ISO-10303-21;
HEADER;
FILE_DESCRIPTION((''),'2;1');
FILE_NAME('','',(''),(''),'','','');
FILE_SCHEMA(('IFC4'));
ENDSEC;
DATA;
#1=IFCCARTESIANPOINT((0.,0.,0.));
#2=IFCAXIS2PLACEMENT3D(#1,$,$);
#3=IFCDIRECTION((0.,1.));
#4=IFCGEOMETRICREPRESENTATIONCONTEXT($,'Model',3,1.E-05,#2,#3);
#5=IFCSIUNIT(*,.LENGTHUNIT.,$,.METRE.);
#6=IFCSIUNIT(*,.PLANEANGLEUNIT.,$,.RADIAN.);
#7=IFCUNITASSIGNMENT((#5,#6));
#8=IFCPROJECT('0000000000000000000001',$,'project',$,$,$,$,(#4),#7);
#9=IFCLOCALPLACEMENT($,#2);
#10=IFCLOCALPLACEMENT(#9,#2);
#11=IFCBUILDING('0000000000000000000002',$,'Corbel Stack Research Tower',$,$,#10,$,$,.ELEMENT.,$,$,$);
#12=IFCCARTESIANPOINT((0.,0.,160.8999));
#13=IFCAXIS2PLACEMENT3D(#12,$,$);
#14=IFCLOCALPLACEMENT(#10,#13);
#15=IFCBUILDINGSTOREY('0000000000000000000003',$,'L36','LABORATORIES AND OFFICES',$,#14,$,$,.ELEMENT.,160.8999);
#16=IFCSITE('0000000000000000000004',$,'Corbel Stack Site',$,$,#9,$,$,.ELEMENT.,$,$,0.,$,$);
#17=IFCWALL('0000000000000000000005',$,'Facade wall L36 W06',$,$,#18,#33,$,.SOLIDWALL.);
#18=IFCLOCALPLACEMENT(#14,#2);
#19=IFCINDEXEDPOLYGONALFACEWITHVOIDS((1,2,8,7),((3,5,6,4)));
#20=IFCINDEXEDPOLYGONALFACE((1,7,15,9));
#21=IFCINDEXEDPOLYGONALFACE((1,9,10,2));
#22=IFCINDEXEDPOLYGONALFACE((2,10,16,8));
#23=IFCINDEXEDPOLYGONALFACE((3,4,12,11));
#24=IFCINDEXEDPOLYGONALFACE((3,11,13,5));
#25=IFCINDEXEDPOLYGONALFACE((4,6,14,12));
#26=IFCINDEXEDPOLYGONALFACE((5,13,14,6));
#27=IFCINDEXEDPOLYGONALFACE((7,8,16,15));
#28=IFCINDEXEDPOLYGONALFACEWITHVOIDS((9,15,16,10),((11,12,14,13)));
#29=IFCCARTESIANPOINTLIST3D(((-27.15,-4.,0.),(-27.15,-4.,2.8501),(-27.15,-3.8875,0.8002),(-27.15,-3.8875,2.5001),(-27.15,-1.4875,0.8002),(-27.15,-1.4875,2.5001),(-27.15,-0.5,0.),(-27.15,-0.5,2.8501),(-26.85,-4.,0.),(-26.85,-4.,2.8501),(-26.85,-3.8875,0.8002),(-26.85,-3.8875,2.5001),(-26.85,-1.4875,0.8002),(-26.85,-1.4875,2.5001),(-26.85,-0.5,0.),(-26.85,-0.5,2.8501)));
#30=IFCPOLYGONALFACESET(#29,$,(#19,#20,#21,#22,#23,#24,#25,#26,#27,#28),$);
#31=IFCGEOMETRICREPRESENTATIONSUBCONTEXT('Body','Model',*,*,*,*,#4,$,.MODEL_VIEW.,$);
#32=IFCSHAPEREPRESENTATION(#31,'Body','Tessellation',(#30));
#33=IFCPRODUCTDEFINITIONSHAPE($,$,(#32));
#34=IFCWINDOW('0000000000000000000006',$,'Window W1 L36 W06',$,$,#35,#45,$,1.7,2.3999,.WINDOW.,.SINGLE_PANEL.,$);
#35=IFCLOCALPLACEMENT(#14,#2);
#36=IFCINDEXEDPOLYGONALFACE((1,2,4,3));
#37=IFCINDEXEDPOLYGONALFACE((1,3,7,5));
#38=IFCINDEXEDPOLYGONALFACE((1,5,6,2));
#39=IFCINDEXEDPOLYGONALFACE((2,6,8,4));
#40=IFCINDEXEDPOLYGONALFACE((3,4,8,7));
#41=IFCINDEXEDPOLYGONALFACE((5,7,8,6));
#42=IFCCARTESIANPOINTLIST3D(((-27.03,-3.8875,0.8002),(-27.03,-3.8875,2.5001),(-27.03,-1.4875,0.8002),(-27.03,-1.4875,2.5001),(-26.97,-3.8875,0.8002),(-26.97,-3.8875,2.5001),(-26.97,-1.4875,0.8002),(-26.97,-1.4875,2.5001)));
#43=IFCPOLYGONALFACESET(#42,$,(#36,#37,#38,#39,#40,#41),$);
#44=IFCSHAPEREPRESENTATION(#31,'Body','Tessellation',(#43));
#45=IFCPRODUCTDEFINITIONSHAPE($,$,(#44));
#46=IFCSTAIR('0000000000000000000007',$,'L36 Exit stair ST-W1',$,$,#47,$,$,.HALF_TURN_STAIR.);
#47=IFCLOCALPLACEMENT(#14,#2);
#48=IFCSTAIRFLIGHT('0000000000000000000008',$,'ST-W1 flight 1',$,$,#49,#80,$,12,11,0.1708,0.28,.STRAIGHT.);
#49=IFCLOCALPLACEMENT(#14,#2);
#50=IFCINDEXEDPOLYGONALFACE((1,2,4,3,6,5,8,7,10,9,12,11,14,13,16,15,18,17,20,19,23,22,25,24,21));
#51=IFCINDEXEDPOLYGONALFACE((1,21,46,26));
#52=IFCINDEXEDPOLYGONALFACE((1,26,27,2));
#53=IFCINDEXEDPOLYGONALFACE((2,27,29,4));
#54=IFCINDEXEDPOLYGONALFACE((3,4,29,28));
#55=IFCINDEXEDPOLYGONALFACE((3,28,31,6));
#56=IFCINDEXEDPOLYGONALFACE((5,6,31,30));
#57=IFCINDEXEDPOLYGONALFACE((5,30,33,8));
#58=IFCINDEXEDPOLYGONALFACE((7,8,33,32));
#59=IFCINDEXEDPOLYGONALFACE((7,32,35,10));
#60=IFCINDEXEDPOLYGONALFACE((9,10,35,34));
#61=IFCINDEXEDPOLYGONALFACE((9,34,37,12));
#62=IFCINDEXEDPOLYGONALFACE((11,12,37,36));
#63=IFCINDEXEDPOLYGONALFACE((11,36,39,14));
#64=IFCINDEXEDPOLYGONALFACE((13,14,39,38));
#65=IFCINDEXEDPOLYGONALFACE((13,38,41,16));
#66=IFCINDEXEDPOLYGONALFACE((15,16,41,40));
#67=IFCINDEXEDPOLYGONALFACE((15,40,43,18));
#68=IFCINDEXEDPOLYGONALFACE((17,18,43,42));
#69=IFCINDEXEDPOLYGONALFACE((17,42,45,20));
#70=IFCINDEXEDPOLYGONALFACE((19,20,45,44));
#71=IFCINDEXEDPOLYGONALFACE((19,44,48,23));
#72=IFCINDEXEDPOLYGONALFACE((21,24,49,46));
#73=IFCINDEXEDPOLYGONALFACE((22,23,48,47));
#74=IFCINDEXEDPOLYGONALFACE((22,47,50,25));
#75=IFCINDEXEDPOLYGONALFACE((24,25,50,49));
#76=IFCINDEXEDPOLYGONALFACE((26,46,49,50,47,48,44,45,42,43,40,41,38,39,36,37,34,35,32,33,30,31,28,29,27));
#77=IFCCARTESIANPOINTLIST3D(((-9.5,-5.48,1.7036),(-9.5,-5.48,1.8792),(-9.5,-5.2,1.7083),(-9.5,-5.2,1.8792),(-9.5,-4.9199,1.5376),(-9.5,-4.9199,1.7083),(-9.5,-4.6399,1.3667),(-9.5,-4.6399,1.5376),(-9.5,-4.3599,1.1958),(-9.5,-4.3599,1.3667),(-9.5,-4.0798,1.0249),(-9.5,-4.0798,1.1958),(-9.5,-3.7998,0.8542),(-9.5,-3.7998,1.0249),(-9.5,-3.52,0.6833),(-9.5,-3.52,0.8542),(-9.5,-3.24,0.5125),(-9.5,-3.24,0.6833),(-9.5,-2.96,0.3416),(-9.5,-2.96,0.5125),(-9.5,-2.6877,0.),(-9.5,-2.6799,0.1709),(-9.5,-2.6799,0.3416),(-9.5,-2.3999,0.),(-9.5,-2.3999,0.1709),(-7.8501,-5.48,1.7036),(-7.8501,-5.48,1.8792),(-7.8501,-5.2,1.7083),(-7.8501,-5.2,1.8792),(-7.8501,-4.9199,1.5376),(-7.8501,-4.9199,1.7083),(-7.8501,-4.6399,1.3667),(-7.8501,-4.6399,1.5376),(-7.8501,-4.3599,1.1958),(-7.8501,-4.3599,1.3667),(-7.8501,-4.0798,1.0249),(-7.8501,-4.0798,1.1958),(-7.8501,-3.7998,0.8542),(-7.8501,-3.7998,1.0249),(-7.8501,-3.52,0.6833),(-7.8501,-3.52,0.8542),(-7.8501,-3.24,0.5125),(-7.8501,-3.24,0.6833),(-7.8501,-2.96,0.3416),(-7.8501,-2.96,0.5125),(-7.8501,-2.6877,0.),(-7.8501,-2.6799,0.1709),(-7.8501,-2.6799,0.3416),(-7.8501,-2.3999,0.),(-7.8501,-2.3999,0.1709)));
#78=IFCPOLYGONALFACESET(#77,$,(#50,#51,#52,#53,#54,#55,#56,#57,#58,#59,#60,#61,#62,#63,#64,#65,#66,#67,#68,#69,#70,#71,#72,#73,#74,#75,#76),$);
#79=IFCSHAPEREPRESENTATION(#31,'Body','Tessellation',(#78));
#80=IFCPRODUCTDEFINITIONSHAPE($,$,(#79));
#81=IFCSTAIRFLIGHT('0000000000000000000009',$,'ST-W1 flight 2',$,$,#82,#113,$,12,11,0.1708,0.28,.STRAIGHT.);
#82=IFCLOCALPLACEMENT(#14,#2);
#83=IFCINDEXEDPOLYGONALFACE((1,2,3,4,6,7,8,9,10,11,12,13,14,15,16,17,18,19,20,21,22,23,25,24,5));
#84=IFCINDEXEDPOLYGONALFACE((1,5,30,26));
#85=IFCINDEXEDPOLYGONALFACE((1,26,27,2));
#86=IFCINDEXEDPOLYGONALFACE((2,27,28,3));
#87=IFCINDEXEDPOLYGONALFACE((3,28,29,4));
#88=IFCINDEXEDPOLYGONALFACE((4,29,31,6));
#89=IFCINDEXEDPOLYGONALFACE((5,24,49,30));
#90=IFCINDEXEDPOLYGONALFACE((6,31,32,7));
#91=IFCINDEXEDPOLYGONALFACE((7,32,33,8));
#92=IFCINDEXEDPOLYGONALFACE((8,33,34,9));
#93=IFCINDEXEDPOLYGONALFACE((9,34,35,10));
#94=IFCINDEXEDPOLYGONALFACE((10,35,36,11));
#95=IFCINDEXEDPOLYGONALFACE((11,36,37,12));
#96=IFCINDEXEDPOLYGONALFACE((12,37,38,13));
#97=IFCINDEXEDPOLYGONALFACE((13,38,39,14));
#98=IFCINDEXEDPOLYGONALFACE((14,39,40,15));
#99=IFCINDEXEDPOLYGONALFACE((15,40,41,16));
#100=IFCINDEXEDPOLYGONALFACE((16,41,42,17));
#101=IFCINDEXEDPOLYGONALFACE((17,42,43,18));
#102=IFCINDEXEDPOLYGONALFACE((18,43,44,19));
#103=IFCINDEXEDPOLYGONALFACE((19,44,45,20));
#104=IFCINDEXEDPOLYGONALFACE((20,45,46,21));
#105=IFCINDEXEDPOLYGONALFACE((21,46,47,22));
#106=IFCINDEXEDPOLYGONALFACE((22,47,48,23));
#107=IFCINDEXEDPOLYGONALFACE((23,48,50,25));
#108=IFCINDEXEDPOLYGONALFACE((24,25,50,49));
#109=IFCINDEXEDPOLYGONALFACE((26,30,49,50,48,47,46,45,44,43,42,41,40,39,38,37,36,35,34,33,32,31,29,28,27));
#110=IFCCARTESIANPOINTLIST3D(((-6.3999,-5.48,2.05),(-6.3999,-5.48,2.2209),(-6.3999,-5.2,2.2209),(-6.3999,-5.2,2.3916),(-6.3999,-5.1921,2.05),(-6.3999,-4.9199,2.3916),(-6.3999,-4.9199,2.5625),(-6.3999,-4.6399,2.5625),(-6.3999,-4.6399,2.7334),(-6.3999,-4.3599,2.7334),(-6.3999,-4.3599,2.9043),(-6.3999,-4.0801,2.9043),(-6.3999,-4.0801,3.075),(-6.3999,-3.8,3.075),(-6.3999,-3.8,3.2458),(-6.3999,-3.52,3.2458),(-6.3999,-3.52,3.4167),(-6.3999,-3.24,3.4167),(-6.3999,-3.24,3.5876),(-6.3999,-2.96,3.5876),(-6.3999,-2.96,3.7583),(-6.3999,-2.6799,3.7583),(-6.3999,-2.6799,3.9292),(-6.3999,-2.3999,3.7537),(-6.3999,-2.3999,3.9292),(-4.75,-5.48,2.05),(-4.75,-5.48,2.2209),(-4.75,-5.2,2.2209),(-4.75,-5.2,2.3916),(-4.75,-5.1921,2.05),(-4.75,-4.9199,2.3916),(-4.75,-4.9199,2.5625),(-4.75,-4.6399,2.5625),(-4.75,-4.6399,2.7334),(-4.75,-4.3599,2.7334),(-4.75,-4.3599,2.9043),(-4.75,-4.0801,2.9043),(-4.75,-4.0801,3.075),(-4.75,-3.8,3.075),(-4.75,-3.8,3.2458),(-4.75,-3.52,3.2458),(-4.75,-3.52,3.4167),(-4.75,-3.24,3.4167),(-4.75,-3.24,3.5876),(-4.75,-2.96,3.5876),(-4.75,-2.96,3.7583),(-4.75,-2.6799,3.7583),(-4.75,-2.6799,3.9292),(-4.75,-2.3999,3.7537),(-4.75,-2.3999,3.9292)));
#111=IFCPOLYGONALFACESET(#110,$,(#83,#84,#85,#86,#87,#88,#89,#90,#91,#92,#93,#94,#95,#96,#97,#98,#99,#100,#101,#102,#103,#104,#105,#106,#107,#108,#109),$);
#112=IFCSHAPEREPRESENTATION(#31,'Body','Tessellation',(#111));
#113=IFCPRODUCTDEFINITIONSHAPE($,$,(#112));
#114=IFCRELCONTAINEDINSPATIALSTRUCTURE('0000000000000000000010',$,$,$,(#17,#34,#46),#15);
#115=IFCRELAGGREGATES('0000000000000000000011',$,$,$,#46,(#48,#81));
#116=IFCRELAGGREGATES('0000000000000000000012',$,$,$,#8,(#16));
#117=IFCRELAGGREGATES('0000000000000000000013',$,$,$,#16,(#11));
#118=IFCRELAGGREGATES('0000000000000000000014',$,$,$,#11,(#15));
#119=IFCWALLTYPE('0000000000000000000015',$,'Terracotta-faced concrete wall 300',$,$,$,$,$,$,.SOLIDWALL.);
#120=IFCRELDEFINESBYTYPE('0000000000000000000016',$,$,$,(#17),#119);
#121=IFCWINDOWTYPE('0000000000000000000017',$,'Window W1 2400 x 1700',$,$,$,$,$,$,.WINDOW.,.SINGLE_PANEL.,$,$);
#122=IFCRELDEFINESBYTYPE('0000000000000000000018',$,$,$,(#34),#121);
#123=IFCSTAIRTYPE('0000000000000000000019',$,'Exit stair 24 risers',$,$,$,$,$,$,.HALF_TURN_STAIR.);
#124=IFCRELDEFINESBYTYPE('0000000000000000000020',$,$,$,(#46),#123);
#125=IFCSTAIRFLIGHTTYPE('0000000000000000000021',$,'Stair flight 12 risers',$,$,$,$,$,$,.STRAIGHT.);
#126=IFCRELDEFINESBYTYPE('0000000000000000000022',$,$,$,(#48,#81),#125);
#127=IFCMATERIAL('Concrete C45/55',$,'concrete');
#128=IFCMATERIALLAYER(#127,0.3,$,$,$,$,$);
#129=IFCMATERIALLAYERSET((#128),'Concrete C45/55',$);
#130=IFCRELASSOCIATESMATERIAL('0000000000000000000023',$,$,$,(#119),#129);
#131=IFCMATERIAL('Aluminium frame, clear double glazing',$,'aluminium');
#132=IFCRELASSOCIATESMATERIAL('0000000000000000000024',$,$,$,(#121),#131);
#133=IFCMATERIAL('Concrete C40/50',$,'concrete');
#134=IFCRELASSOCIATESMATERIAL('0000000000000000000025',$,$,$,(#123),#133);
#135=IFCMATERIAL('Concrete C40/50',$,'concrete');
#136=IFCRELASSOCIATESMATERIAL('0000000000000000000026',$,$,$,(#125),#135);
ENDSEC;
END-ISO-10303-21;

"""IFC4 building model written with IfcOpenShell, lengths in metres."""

from ifc_helpers import new_model, si_unit, direction, frame, frame_2d, origin, place, context, subcontext, project, spatial, polyline, rectangle, outline, extrude, material, layer, layer_set, type_object, element, fill, aggregate, save


model = new_model("IFC4")

# Units and contexts
model_context = context("Model", 3, precision=1e-05, world=origin(), true_north=direction((0.0, 1.0)))
body_context = subcontext(model_context, "Body", "Model", "MODEL_VIEW")
ifc_project = project(units=[si_unit("LENGTHUNIT", "METRE"), si_unit("PLANEANGLEUNIT", "RADIAN")], contexts=[model_context])

# Site, building, storey
site_placement = place(None, origin())
site = spatial("IfcSite", under=ifc_project, at=site_placement, Name="Corbel Stack Site", CompositionType="ELEMENT", RefElevation=0.0)
building_placement = place(site_placement, origin())
building = spatial("IfcBuilding", under=site, at=building_placement, Name="Corbel Stack Research Tower", CompositionType="ELEMENT")
storey_placement = place(building_placement, frame((0.0, 0.0, 160.8999)))
storey = spatial("IfcBuildingStorey", under=building, at=storey_placement, Name="L36", Description="LABORATORIES AND OFFICES", CompositionType="ELEMENT", Elevation=160.8999)

# Wall, opening, window
ifc_material_1 = material(Name="Concrete C45/55", Category="concrete")
ifc_layer_1 = layer(ifc_material_1, 0.3)
ifc_layer_set_1 = layer_set([ifc_layer_1], Name="Concrete C45/55")
wall_type_1 = type_object("IfcWallType", Name="Terracotta-faced concrete wall 300", PredefinedType="SOLIDWALL", material=ifc_layer_set_1)
wall_1_placement = place(storey_placement, frame((-27.0, -4.0, 0.0), z_axis=(0.0, 0.0, 1.0), x_axis=(0.0, 1.0, 0.0)))
wall_1 = element("IfcWall", 1, at=wall_1_placement, inside=storey, type_object=wall_type_1, Name="Facade wall L36 W06", PredefinedType="SOLIDWALL", context=body_context, shape_type="SweptSolid", body=[
    extrude(rectangle(XDim=3.5, YDim=0.3, at=frame_2d((1.75, 0.0))), origin(), (0.0, 0.0, 1.0), 2.8501),
])
opening_1_placement = place(wall_1_placement, frame((0.1125, 0.0, 0.8)))
opening_1 = element("IfcOpeningElement", 2, at=opening_1_placement, cuts=wall_1, PredefinedType="OPENING", context=body_context, shape_type="SweptSolid", body=[
    extrude(rectangle(XDim=2.3999, YDim=1.7, at=frame_2d((1.2, 0.8501))), frame((0.0, 0.1599, 0.0), z_axis=(0.0, -1.0, 0.0), x_axis=(1.0, 0.0, 0.0)), (0.0, 0.0, 1.0), 0.3201),
])
ifc_material_2 = material(Name="Aluminium frame, clear double glazing", Category="aluminium")
window_type = type_object("IfcWindowType", Name="Window W1 2400 x 1700", PartitioningType="SINGLE_PANEL", PredefinedType="WINDOW", material=ifc_material_2)
window_placement = place(opening_1_placement, origin())
window = element("IfcWindow", 3, at=window_placement, inside=storey, type_object=window_type, Name="Window W1 L36 W06", OverallHeight=1.7, OverallWidth=2.3999, PartitioningType="SINGLE_PANEL", PredefinedType="WINDOW", context=body_context, shape_type="SweptSolid", body=[
    extrude(rectangle(XDim=2.3999, YDim=1.7, at=frame_2d((1.2, 0.8501))), frame((0.0, 0.03, 0.0), z_axis=(0.0, -1.0, 0.0), x_axis=(1.0, 0.0, 0.0)), (0.0, 0.0, 1.0), 0.0601),
])
fill(opening_1, window)

# Stair, stair flights
ifc_material_3 = material(Name="Concrete C40/50", Category="concrete")
stair_type = type_object("IfcStairType", Name="Exit stair 24 risers", PredefinedType="HALF_TURN_STAIR", material=ifc_material_3)
stair_placement = place(storey_placement, origin())
stair = element("IfcStair", 4, at=stair_placement, inside=storey, type_object=stair_type, Name="L36 Exit stair ST-W1", PredefinedType="HALF_TURN_STAIR")
ifc_material_4 = material(Name="Concrete C40/50", Category="concrete")
stair_flight_type = type_object("IfcStairFlightType", Name="Stair flight 12 risers", PredefinedType="STRAIGHT", material=ifc_material_4)
stair_flight_1_placement = place(storey_placement, frame((-8.675, -2.3999, 0.0), z_axis=(0.0, 0.0, 1.0), x_axis=(0.0, -1.0, 0.0)))
stair_flight_1 = element("IfcStairFlight", 5, at=stair_flight_1_placement, type_object=stair_flight_type, Name="ST-W1 flight 1", NumberOfRisers=12, NumberOfTreads=11, PredefinedType="STRAIGHT", RiserHeight=0.1708, TreadLength=0.28, context=body_context, shape_type="SweptSolid", body=[
    extrude(outline(polyline([(0.0, 0.0), (0.0, 0.1709), (0.28, 0.1709), (0.28, 0.3416), (0.5601, 0.3416), (0.5601, 0.5125), (0.8401, 0.5125), (0.8401, 0.6833), (1.1201, 0.6833), (1.1201, 0.8542), (1.3999, 0.8542), (1.3999, 1.0249), (1.6799, 1.0249), (1.6799, 1.1958), (1.96, 1.1958), (1.96, 1.3667), (2.24, 1.3667), (2.24, 1.5376), (2.52, 1.5376), (2.52, 1.7083), (2.8, 1.7083), (2.8, 1.8792), (3.0801, 1.8792), (3.0801, 2.05), (3.0801, 1.7036), (0.2878, 0.0), (0.0, 0.0)])), frame((0.0, 0.825, 0.0), z_axis=(0.0, -1.0, 0.0), x_axis=(1.0, 0.0, 0.0)), (0.0, 0.0, 1.0), 1.6499),
])
stair_flight_2_placement = place(storey_placement, frame((-5.575, -5.48, 2.05), z_axis=(0.0, 0.0, 1.0), x_axis=(0.0, 1.0, 0.0)))
stair_flight_2 = element("IfcStairFlight", 6, at=stair_flight_2_placement, type_object=stair_flight_type, Name="ST-W1 flight 2", NumberOfRisers=12, NumberOfTreads=11, PredefinedType="STRAIGHT", RiserHeight=0.1708, TreadLength=0.28, context=body_context, shape_type="SweptSolid", body=[
    extrude(outline(polyline([(0.0, 0.0), (0.0, 0.1709), (0.28, 0.1709), (0.28, 0.3416), (0.5601, 0.3416), (0.5601, 0.5125), (0.8401, 0.5125), (0.8401, 0.6833), (1.1201, 0.6833), (1.1201, 0.8542), (1.3999, 0.8542), (1.3999, 1.0249), (1.6799, 1.0249), (1.6799, 1.1958), (1.96, 1.1958), (1.96, 1.3667), (2.24, 1.3667), (2.24, 1.5376), (2.52, 1.5376), (2.52, 1.7083), (2.8, 1.7083), (2.8, 1.8792), (3.0801, 1.8792), (3.0801, 2.05), (3.0801, 1.7036), (0.2878, 0.0), (0.0, 0.0)])), frame((0.0, 0.825, 0.0), z_axis=(0.0, -1.0, 0.0), x_axis=(1.0, 0.0, 0.0)), (0.0, 0.0, 1.0), 1.6499),
])
aggregate(stair, [stair_flight_1, stair_flight_2])

save(model, "model.ifc")
